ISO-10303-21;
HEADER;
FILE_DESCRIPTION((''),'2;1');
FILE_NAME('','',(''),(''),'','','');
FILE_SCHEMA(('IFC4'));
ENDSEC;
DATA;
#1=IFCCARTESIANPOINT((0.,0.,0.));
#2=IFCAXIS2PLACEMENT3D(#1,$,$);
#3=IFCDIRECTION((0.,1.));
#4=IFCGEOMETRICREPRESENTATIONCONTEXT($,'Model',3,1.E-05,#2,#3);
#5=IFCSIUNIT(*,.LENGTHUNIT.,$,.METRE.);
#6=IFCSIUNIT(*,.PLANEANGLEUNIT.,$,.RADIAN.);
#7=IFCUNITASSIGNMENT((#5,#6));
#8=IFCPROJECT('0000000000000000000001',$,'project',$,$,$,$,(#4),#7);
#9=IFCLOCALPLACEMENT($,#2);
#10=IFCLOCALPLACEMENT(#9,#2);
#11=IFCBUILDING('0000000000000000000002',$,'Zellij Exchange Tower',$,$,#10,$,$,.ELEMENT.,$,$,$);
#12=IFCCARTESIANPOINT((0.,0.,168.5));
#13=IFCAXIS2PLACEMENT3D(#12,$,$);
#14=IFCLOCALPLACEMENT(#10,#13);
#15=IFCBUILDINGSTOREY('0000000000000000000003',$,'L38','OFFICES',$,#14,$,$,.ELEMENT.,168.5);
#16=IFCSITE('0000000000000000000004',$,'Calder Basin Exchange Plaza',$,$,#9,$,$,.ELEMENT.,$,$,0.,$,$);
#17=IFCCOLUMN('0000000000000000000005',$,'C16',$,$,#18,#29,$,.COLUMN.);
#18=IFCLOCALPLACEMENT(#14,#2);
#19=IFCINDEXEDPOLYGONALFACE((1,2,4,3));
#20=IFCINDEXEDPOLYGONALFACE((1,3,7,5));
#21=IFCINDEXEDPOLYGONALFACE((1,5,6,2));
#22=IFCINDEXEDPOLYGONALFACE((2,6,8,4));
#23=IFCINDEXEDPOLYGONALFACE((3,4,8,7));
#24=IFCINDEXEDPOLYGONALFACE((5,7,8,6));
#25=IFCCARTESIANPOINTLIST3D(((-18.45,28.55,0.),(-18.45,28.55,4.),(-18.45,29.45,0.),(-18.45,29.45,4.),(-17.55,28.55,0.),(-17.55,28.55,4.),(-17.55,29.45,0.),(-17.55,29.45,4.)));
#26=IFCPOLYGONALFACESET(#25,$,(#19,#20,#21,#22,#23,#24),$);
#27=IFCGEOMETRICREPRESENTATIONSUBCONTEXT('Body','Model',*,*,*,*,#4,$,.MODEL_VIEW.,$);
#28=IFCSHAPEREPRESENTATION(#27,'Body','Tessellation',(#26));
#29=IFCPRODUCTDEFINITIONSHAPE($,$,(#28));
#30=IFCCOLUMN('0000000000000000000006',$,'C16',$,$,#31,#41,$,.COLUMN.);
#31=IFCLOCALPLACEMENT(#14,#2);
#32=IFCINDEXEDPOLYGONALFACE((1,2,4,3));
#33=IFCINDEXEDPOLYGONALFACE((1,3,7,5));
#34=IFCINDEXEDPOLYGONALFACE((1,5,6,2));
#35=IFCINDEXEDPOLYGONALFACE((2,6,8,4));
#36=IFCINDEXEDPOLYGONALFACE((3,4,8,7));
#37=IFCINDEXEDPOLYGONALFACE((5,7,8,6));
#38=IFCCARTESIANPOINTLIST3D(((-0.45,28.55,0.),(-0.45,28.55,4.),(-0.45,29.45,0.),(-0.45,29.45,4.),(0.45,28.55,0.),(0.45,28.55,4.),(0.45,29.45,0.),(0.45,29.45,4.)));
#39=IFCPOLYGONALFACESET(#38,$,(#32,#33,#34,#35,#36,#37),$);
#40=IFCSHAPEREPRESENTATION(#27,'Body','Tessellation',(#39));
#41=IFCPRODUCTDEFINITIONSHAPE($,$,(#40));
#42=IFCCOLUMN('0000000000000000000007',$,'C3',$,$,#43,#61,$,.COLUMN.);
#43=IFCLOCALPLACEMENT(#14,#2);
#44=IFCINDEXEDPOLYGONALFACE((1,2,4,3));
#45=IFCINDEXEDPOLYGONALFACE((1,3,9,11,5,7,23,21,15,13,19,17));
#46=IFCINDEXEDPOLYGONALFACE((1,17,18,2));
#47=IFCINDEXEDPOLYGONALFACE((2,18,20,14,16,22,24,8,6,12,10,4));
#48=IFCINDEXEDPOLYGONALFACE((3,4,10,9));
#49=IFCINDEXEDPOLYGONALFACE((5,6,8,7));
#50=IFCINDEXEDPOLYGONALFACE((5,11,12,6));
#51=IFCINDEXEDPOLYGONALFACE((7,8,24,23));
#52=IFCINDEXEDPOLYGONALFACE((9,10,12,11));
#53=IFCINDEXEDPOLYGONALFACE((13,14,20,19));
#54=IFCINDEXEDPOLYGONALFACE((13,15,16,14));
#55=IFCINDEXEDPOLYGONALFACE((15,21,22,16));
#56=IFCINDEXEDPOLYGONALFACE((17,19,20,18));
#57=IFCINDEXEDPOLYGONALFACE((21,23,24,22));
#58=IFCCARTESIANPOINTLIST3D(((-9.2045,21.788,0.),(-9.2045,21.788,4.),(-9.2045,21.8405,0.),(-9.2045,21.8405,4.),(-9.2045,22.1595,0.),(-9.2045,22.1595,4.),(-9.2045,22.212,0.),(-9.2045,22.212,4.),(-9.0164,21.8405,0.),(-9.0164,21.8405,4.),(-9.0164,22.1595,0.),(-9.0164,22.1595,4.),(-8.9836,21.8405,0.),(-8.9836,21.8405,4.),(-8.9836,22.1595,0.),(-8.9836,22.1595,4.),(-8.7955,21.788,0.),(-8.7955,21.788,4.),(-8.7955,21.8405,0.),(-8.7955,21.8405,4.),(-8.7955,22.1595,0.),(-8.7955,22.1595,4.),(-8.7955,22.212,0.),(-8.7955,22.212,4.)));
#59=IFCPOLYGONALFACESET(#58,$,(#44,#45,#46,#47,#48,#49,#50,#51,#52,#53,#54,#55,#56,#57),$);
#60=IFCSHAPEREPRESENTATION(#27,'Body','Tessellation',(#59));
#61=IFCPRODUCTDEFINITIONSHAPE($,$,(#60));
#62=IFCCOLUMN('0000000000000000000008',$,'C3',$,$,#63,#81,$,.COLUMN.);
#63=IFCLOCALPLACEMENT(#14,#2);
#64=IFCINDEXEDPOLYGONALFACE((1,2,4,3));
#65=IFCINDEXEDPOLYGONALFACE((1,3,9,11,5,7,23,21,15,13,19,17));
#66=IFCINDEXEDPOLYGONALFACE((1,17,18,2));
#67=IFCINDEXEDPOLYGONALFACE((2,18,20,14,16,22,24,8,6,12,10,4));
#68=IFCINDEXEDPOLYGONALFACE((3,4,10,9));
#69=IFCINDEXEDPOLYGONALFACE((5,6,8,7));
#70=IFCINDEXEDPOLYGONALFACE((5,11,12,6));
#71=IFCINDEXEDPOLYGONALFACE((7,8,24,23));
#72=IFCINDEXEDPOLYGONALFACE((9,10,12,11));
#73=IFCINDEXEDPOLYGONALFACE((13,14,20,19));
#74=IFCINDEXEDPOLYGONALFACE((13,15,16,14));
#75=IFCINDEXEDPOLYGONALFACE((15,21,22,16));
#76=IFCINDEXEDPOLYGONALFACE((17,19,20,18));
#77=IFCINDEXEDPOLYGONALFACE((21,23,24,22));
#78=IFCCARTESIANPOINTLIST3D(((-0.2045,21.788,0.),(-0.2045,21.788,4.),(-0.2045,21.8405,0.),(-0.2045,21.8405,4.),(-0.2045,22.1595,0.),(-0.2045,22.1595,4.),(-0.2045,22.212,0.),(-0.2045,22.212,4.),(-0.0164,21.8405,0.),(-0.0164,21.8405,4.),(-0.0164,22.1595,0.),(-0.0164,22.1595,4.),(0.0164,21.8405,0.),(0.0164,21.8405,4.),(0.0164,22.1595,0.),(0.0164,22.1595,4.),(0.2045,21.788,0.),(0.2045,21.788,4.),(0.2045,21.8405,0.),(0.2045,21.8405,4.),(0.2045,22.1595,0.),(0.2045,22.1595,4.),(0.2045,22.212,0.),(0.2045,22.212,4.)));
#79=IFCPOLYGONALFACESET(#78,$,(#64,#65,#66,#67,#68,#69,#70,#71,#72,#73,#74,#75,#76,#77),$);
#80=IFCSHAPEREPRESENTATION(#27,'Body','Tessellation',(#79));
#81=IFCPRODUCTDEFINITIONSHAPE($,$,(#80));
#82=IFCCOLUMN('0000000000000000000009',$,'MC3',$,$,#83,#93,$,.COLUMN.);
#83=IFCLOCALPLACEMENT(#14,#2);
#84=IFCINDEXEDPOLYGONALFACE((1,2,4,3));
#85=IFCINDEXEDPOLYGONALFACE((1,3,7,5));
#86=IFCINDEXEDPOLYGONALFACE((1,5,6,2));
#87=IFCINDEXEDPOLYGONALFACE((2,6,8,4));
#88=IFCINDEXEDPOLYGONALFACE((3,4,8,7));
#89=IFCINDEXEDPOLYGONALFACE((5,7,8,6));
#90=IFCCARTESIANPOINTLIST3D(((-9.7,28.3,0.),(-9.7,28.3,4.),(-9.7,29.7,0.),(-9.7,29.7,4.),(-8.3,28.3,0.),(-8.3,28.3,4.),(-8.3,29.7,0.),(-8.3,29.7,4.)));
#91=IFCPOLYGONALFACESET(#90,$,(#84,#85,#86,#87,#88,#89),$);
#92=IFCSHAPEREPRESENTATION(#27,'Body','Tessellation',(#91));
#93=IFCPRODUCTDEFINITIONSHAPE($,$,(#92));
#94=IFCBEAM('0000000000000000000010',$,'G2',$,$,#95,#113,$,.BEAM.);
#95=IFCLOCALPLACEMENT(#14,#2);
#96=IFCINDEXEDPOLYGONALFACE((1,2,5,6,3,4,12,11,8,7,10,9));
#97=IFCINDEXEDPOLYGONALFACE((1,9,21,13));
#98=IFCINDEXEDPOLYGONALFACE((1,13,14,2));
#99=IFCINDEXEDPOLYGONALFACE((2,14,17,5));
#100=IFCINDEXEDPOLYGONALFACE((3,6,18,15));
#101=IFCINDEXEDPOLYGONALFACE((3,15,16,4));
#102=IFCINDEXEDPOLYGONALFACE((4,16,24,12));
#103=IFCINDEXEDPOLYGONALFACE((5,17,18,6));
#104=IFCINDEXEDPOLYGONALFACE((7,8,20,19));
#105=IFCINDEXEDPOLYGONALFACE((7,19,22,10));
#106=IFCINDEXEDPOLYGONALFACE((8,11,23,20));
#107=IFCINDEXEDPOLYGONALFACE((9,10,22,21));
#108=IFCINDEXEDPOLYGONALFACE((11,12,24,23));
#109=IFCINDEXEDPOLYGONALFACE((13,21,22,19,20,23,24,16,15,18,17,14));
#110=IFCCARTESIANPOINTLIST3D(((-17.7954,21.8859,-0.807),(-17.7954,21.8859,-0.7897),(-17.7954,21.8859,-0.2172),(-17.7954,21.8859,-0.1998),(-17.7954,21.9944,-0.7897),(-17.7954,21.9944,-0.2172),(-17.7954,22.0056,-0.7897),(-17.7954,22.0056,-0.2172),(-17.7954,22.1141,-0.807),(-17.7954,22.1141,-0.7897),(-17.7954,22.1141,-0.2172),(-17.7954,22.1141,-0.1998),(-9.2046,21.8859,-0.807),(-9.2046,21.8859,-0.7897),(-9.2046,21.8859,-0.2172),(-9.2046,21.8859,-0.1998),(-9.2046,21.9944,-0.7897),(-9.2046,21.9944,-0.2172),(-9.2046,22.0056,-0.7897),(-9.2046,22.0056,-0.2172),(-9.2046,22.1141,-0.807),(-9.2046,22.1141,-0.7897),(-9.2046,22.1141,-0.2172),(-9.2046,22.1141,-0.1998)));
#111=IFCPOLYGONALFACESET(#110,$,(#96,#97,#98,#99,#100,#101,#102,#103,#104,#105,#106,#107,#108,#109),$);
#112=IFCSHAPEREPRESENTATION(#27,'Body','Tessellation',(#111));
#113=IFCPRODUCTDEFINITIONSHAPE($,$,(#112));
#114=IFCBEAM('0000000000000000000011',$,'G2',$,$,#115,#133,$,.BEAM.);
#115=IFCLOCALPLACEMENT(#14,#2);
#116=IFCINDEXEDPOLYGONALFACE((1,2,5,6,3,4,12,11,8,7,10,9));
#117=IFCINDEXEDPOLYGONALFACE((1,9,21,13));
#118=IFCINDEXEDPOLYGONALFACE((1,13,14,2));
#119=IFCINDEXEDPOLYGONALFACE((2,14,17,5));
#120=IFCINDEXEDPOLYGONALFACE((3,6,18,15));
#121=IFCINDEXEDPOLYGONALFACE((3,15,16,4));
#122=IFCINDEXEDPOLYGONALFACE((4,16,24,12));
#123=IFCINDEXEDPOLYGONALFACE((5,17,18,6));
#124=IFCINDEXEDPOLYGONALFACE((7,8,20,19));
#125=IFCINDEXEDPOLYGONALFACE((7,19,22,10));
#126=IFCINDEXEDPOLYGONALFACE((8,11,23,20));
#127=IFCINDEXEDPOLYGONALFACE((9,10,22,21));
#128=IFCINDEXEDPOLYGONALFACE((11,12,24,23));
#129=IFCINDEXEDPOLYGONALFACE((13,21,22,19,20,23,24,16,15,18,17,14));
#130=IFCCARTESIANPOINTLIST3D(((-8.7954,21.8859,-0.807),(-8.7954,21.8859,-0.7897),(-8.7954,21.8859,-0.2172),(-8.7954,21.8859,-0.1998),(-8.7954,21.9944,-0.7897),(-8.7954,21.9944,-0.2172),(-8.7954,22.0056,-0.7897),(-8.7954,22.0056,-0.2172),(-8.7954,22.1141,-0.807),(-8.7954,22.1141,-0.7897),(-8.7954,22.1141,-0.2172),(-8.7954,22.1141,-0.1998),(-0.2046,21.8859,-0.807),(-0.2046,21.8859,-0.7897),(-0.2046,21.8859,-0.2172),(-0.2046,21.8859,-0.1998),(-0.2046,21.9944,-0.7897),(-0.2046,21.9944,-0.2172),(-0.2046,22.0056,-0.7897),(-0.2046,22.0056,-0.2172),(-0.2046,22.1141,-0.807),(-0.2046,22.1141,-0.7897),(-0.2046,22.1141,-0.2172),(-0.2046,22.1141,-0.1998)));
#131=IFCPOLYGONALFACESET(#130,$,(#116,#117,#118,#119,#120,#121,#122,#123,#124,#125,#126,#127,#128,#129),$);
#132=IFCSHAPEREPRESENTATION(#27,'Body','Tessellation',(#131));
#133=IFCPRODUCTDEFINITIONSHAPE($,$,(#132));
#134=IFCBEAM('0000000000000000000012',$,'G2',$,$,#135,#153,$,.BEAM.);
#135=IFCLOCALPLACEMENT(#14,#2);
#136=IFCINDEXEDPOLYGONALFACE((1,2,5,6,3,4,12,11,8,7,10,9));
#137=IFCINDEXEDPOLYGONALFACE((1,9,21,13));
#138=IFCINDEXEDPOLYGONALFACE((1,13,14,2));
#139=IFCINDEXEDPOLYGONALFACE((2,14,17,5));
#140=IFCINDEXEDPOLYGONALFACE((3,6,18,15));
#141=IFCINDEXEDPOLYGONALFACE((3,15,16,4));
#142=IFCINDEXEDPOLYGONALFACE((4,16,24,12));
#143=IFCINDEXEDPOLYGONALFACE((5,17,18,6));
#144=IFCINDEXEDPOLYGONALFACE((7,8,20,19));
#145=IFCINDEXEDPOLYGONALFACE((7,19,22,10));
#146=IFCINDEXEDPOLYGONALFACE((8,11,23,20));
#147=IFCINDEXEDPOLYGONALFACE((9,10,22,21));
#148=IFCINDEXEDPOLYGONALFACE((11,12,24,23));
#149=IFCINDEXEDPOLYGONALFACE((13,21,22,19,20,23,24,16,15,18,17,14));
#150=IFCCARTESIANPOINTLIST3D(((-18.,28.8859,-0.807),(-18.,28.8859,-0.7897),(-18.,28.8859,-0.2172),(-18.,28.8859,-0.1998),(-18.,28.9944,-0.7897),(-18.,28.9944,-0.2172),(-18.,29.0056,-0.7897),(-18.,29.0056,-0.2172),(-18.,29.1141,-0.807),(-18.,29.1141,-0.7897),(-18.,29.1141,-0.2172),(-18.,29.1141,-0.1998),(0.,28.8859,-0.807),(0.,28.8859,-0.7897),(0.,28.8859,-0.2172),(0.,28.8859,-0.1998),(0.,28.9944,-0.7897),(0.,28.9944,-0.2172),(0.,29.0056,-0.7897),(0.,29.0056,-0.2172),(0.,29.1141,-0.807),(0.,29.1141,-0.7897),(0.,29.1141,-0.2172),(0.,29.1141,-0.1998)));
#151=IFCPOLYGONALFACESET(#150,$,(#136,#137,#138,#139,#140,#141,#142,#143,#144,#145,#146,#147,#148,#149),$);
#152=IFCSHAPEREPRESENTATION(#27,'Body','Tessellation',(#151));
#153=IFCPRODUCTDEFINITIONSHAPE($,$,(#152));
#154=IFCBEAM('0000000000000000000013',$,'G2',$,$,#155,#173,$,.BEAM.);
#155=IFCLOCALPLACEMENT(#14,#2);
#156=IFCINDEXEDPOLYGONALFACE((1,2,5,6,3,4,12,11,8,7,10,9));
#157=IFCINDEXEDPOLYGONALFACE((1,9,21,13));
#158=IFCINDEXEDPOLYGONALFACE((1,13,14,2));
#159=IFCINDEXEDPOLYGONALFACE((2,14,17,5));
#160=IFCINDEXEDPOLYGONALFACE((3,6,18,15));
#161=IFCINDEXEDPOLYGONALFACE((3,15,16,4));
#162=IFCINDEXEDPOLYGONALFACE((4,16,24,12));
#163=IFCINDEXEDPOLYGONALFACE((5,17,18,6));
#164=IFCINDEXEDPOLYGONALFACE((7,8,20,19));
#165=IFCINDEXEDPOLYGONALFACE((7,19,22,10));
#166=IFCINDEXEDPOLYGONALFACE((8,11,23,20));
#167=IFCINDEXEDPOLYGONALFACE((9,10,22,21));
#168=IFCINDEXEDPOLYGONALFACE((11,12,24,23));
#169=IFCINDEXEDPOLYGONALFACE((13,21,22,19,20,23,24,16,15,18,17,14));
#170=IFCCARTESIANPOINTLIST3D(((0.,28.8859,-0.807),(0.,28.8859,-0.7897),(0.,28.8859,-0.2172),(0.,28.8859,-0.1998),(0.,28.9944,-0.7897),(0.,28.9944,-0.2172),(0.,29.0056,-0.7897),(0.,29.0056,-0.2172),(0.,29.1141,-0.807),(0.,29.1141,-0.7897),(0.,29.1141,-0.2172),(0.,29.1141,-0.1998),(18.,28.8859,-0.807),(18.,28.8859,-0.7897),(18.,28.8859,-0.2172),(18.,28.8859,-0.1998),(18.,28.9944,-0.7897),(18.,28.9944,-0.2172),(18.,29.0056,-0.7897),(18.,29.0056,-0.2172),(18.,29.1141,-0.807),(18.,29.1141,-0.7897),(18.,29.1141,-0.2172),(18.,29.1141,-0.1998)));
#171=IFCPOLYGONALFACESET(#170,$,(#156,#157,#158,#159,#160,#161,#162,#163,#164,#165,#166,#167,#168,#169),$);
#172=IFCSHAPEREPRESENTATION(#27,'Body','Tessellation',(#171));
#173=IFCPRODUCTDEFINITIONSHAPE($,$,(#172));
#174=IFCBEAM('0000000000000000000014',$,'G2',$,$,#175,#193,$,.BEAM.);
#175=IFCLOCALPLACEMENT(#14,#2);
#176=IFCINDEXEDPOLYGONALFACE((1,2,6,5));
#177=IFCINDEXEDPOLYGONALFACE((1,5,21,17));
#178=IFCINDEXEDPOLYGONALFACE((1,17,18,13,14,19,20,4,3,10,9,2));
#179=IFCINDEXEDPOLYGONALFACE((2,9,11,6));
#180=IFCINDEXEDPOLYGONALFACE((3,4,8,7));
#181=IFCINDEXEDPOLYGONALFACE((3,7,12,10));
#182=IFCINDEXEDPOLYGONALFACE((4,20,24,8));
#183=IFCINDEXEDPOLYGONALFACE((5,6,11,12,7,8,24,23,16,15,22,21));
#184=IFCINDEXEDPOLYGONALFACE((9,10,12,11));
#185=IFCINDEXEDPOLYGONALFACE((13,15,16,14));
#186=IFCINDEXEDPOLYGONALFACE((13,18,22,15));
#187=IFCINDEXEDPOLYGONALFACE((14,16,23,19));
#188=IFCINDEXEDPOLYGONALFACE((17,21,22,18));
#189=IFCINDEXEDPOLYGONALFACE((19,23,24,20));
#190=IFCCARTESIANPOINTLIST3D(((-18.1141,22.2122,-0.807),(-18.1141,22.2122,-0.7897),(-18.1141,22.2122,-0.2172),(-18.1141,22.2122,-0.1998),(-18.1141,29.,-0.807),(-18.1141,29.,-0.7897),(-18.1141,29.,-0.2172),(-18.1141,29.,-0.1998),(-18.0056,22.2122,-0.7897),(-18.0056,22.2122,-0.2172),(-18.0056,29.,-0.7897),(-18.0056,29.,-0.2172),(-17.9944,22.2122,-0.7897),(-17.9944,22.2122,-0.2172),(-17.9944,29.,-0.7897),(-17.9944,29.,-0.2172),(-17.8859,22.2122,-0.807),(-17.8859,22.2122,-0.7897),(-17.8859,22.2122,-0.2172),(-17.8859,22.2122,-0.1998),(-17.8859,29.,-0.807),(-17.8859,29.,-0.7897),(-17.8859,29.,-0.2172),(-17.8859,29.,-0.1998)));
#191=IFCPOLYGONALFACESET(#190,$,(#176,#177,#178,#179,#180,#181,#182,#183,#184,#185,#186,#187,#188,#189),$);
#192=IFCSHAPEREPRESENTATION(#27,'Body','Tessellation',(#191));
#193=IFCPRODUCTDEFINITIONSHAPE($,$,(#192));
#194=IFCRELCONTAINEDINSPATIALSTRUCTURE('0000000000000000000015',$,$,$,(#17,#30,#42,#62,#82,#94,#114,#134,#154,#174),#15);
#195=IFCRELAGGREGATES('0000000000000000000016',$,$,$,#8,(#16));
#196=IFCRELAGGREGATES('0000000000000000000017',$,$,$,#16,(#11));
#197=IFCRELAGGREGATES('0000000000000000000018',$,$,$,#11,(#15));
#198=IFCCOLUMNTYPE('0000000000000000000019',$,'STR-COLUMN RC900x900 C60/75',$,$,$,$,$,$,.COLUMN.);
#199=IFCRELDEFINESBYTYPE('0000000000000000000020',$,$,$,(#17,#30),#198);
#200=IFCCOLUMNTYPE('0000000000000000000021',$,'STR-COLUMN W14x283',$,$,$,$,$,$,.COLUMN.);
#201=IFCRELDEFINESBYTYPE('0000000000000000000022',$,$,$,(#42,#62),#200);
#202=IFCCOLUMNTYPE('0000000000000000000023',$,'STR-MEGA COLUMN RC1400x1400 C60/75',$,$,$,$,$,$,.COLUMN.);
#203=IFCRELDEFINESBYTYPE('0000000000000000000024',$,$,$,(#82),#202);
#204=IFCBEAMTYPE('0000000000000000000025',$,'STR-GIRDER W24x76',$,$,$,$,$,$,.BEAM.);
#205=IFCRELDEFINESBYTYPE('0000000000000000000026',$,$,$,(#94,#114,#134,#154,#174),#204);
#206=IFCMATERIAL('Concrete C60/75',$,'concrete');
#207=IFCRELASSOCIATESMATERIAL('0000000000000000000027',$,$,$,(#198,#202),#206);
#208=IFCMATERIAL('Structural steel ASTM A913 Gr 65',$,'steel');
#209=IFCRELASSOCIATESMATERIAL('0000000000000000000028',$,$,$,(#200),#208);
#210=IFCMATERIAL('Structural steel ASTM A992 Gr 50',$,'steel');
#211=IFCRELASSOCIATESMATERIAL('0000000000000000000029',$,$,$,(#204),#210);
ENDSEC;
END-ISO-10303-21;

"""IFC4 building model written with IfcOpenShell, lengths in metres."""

from ifc_helpers import new_model, si_unit, direction, frame, origin, origin_2d, place, context, subcontext, project, spatial, rectangle, i_section, extrude, material, material_profile, profile_set, type_object, element, save


model = new_model("IFC4")

# Units and contexts
model_context = context("Model", 3, precision=1e-05, world=origin(), true_north=direction((0.0, 1.0)))
body_context = subcontext(model_context, "Body", "Model", "MODEL_VIEW")
ifc_project = project(units=[si_unit("LENGTHUNIT", "METRE"), si_unit("PLANEANGLEUNIT", "RADIAN")], contexts=[model_context])

# Site, building, storey
site_placement = place(None, origin())
site = spatial("IfcSite", under=ifc_project, at=site_placement, Name="Calder Basin Exchange Plaza", CompositionType="ELEMENT", RefElevation=0.0)
building_placement = place(site_placement, origin())
building = spatial("IfcBuilding", under=site, at=building_placement, Name="Zellij Exchange Tower", CompositionType="ELEMENT")
storey_placement = place(building_placement, frame((0.0, 0.0, 168.5)))
storey = spatial("IfcBuildingStorey", under=building, at=storey_placement, Name="L38", Description="OFFICES", CompositionType="ELEMENT", Elevation=168.5)

# Columns
ifc_material_1 = material(Name="Concrete C60/75", Category="concrete")
ifc_material_profile_1 = material_profile(ifc_material_1, rectangle(XDim=0.8999, YDim=0.8999, at=origin_2d()), Name="STR-COLUMN RC900x900 C60/75")
ifc_profile_set_1 = profile_set([ifc_material_profile_1], Name="Concrete C60/75")
column_type_1 = type_object("IfcColumnType", Name="STR-COLUMN RC900x900 C60/75", PredefinedType="COLUMN", material=ifc_profile_set_1)
for number, where, z_axis, x_axis, name in (
    (1, (-18.0, 29.0, 0.0), (0.0, 0.0, 1.0), (1.0, 0.0, 0.0), "C16"),
    (2, (0.0, 29.0, 0.0), (0.0, 0.0, 1.0), (1.0, 0.0, 0.0), "C16"),
):
    element("IfcColumn", number, at=place(storey_placement, frame(where, z_axis=z_axis, x_axis=x_axis)), inside=storey, type_object=column_type_1, Name=name, PredefinedType="COLUMN", context=body_context, shape_type="SweptSolid", body=[
        extrude(rectangle(XDim=0.8999, YDim=0.8999, at=origin_2d()), origin(), (0.0, 0.0, 1.0), 4.0),
    ])
ifc_material_2 = material(Name="Structural steel ASTM A913 Gr 65", Category="steel")
ifc_material_profile_2 = material_profile(ifc_material_2, i_section(OverallWidth=0.4089, OverallDepth=0.4241, WebThickness=0.0327, FlangeThickness=0.0525, at=origin_2d()), Name="W14x283")
ifc_profile_set_2 = profile_set([ifc_material_profile_2], Name="Structural steel ASTM A913 Gr 65")
column_type_2 = type_object("IfcColumnType", Name="STR-COLUMN W14x283", PredefinedType="COLUMN", material=ifc_profile_set_2)
for number, where, z_axis, x_axis, name in (
    (3, (-9.0, 22.0, 0.0), (0.0, 0.0, 1.0), (1.0, 0.0, 0.0), "C3"),
    (4, (0.0, 22.0, 0.0), (0.0, 0.0, 1.0), (1.0, 0.0, 0.0), "C3"),
):
    element("IfcColumn", number, at=place(storey_placement, frame(where, z_axis=z_axis, x_axis=x_axis)), inside=storey, type_object=column_type_2, Name=name, PredefinedType="COLUMN", context=body_context, shape_type="SweptSolid", body=[
        extrude(i_section(OverallWidth=0.4089, OverallDepth=0.4241, WebThickness=0.0327, FlangeThickness=0.0525, at=origin_2d()), origin(), (0.0, 0.0, 1.0), 4.0),
    ])
ifc_material_profile_3 = material_profile(ifc_material_1, rectangle(XDim=1.3999, YDim=1.3999, at=origin_2d()), Name="STR-MEGA COLUMN RC1400x1400 C60/75")
ifc_profile_set_3 = profile_set([ifc_material_profile_3], Name="Concrete C60/75")
column_type_3 = type_object("IfcColumnType", Name="STR-MEGA COLUMN RC1400x1400 C60/75", PredefinedType="COLUMN", material=ifc_profile_set_3)
column_placement = place(storey_placement, frame((-9.0, 29.0, 0.0), z_axis=(0.0, 0.0, 1.0), x_axis=(1.0, 0.0, 0.0)))
element("IfcColumn", 5, at=column_placement, inside=storey, type_object=column_type_3, Name="MC3", PredefinedType="COLUMN", context=body_context, shape_type="SweptSolid", body=[
    extrude(rectangle(XDim=1.3999, YDim=1.3999, at=origin_2d()), origin(), (0.0, 0.0, 1.0), 4.0),
])

# Beams
ifc_material_3 = material(Name="Structural steel ASTM A992 Gr 50", Category="steel")
ifc_material_profile_4 = material_profile(ifc_material_3, i_section(OverallWidth=0.2283, OverallDepth=0.6072, WebThickness=0.0112, FlangeThickness=0.0173, at=origin_2d()), Name="W24x76")
ifc_profile_set_4 = profile_set([ifc_material_profile_4], Name="Structural steel ASTM A992 Gr 50")
beam_type = type_object("IfcBeamType", Name="STR-GIRDER W24x76", PredefinedType="BEAM", material=ifc_profile_set_4)
for number, where, z_axis, x_axis, name in (
    (6, (-17.7954, 22.0, -0.5034), (1.0, 0.0, 0.0), (0.0, 1.0, 0.0), "G2"),
    (7, (-8.7954, 22.0, -0.5034), (1.0, 0.0, 0.0), (0.0, 1.0, 0.0), "G2"),
):
    element("IfcBeam", number, at=place(storey_placement, frame(where, z_axis=z_axis, x_axis=x_axis)), inside=storey, type_object=beam_type, Name=name, PredefinedType="BEAM", context=body_context, shape_type="SweptSolid", body=[
        extrude(i_section(OverallWidth=0.2283, OverallDepth=0.6072, WebThickness=0.0112, FlangeThickness=0.0173, at=origin_2d()), origin(), (0.0, 0.0, 1.0), 8.5908),
    ])
for number, where, z_axis, x_axis, name in (
    (8, (-18.0, 29.0, -0.5034), (1.0, 0.0, 0.0), (0.0, 1.0, 0.0), "G2"),
    (9, (0.0, 29.0, -0.5034), (1.0, 0.0, 0.0), (0.0, 1.0, 0.0), "G2"),
):
    element("IfcBeam", number, at=place(storey_placement, frame(where, z_axis=z_axis, x_axis=x_axis)), inside=storey, type_object=beam_type, Name=name, PredefinedType="BEAM", context=body_context, shape_type="SweptSolid", body=[
        extrude(i_section(OverallWidth=0.2283, OverallDepth=0.6072, WebThickness=0.0112, FlangeThickness=0.0173, at=origin_2d()), origin(), (0.0, 0.0, 1.0), 18.0),
    ])
for number, where, z_axis, x_axis, name in (
    (10, (-18.0, 22.2122, -0.5034), (0.0, 1.0, 0.0), (-1.0, 0.0, 0.0), "G2"),
):
    element("IfcBeam", number, at=place(storey_placement, frame(where, z_axis=z_axis, x_axis=x_axis)), inside=storey, type_object=beam_type, Name=name, PredefinedType="BEAM", context=body_context, shape_type="SweptSolid", body=[
        extrude(i_section(OverallWidth=0.2283, OverallDepth=0.6072, WebThickness=0.0112, FlangeThickness=0.0173, at=origin_2d()), origin(), (0.0, 0.0, 1.0), 6.7878),
    ])

save(model, "model.ifc")
